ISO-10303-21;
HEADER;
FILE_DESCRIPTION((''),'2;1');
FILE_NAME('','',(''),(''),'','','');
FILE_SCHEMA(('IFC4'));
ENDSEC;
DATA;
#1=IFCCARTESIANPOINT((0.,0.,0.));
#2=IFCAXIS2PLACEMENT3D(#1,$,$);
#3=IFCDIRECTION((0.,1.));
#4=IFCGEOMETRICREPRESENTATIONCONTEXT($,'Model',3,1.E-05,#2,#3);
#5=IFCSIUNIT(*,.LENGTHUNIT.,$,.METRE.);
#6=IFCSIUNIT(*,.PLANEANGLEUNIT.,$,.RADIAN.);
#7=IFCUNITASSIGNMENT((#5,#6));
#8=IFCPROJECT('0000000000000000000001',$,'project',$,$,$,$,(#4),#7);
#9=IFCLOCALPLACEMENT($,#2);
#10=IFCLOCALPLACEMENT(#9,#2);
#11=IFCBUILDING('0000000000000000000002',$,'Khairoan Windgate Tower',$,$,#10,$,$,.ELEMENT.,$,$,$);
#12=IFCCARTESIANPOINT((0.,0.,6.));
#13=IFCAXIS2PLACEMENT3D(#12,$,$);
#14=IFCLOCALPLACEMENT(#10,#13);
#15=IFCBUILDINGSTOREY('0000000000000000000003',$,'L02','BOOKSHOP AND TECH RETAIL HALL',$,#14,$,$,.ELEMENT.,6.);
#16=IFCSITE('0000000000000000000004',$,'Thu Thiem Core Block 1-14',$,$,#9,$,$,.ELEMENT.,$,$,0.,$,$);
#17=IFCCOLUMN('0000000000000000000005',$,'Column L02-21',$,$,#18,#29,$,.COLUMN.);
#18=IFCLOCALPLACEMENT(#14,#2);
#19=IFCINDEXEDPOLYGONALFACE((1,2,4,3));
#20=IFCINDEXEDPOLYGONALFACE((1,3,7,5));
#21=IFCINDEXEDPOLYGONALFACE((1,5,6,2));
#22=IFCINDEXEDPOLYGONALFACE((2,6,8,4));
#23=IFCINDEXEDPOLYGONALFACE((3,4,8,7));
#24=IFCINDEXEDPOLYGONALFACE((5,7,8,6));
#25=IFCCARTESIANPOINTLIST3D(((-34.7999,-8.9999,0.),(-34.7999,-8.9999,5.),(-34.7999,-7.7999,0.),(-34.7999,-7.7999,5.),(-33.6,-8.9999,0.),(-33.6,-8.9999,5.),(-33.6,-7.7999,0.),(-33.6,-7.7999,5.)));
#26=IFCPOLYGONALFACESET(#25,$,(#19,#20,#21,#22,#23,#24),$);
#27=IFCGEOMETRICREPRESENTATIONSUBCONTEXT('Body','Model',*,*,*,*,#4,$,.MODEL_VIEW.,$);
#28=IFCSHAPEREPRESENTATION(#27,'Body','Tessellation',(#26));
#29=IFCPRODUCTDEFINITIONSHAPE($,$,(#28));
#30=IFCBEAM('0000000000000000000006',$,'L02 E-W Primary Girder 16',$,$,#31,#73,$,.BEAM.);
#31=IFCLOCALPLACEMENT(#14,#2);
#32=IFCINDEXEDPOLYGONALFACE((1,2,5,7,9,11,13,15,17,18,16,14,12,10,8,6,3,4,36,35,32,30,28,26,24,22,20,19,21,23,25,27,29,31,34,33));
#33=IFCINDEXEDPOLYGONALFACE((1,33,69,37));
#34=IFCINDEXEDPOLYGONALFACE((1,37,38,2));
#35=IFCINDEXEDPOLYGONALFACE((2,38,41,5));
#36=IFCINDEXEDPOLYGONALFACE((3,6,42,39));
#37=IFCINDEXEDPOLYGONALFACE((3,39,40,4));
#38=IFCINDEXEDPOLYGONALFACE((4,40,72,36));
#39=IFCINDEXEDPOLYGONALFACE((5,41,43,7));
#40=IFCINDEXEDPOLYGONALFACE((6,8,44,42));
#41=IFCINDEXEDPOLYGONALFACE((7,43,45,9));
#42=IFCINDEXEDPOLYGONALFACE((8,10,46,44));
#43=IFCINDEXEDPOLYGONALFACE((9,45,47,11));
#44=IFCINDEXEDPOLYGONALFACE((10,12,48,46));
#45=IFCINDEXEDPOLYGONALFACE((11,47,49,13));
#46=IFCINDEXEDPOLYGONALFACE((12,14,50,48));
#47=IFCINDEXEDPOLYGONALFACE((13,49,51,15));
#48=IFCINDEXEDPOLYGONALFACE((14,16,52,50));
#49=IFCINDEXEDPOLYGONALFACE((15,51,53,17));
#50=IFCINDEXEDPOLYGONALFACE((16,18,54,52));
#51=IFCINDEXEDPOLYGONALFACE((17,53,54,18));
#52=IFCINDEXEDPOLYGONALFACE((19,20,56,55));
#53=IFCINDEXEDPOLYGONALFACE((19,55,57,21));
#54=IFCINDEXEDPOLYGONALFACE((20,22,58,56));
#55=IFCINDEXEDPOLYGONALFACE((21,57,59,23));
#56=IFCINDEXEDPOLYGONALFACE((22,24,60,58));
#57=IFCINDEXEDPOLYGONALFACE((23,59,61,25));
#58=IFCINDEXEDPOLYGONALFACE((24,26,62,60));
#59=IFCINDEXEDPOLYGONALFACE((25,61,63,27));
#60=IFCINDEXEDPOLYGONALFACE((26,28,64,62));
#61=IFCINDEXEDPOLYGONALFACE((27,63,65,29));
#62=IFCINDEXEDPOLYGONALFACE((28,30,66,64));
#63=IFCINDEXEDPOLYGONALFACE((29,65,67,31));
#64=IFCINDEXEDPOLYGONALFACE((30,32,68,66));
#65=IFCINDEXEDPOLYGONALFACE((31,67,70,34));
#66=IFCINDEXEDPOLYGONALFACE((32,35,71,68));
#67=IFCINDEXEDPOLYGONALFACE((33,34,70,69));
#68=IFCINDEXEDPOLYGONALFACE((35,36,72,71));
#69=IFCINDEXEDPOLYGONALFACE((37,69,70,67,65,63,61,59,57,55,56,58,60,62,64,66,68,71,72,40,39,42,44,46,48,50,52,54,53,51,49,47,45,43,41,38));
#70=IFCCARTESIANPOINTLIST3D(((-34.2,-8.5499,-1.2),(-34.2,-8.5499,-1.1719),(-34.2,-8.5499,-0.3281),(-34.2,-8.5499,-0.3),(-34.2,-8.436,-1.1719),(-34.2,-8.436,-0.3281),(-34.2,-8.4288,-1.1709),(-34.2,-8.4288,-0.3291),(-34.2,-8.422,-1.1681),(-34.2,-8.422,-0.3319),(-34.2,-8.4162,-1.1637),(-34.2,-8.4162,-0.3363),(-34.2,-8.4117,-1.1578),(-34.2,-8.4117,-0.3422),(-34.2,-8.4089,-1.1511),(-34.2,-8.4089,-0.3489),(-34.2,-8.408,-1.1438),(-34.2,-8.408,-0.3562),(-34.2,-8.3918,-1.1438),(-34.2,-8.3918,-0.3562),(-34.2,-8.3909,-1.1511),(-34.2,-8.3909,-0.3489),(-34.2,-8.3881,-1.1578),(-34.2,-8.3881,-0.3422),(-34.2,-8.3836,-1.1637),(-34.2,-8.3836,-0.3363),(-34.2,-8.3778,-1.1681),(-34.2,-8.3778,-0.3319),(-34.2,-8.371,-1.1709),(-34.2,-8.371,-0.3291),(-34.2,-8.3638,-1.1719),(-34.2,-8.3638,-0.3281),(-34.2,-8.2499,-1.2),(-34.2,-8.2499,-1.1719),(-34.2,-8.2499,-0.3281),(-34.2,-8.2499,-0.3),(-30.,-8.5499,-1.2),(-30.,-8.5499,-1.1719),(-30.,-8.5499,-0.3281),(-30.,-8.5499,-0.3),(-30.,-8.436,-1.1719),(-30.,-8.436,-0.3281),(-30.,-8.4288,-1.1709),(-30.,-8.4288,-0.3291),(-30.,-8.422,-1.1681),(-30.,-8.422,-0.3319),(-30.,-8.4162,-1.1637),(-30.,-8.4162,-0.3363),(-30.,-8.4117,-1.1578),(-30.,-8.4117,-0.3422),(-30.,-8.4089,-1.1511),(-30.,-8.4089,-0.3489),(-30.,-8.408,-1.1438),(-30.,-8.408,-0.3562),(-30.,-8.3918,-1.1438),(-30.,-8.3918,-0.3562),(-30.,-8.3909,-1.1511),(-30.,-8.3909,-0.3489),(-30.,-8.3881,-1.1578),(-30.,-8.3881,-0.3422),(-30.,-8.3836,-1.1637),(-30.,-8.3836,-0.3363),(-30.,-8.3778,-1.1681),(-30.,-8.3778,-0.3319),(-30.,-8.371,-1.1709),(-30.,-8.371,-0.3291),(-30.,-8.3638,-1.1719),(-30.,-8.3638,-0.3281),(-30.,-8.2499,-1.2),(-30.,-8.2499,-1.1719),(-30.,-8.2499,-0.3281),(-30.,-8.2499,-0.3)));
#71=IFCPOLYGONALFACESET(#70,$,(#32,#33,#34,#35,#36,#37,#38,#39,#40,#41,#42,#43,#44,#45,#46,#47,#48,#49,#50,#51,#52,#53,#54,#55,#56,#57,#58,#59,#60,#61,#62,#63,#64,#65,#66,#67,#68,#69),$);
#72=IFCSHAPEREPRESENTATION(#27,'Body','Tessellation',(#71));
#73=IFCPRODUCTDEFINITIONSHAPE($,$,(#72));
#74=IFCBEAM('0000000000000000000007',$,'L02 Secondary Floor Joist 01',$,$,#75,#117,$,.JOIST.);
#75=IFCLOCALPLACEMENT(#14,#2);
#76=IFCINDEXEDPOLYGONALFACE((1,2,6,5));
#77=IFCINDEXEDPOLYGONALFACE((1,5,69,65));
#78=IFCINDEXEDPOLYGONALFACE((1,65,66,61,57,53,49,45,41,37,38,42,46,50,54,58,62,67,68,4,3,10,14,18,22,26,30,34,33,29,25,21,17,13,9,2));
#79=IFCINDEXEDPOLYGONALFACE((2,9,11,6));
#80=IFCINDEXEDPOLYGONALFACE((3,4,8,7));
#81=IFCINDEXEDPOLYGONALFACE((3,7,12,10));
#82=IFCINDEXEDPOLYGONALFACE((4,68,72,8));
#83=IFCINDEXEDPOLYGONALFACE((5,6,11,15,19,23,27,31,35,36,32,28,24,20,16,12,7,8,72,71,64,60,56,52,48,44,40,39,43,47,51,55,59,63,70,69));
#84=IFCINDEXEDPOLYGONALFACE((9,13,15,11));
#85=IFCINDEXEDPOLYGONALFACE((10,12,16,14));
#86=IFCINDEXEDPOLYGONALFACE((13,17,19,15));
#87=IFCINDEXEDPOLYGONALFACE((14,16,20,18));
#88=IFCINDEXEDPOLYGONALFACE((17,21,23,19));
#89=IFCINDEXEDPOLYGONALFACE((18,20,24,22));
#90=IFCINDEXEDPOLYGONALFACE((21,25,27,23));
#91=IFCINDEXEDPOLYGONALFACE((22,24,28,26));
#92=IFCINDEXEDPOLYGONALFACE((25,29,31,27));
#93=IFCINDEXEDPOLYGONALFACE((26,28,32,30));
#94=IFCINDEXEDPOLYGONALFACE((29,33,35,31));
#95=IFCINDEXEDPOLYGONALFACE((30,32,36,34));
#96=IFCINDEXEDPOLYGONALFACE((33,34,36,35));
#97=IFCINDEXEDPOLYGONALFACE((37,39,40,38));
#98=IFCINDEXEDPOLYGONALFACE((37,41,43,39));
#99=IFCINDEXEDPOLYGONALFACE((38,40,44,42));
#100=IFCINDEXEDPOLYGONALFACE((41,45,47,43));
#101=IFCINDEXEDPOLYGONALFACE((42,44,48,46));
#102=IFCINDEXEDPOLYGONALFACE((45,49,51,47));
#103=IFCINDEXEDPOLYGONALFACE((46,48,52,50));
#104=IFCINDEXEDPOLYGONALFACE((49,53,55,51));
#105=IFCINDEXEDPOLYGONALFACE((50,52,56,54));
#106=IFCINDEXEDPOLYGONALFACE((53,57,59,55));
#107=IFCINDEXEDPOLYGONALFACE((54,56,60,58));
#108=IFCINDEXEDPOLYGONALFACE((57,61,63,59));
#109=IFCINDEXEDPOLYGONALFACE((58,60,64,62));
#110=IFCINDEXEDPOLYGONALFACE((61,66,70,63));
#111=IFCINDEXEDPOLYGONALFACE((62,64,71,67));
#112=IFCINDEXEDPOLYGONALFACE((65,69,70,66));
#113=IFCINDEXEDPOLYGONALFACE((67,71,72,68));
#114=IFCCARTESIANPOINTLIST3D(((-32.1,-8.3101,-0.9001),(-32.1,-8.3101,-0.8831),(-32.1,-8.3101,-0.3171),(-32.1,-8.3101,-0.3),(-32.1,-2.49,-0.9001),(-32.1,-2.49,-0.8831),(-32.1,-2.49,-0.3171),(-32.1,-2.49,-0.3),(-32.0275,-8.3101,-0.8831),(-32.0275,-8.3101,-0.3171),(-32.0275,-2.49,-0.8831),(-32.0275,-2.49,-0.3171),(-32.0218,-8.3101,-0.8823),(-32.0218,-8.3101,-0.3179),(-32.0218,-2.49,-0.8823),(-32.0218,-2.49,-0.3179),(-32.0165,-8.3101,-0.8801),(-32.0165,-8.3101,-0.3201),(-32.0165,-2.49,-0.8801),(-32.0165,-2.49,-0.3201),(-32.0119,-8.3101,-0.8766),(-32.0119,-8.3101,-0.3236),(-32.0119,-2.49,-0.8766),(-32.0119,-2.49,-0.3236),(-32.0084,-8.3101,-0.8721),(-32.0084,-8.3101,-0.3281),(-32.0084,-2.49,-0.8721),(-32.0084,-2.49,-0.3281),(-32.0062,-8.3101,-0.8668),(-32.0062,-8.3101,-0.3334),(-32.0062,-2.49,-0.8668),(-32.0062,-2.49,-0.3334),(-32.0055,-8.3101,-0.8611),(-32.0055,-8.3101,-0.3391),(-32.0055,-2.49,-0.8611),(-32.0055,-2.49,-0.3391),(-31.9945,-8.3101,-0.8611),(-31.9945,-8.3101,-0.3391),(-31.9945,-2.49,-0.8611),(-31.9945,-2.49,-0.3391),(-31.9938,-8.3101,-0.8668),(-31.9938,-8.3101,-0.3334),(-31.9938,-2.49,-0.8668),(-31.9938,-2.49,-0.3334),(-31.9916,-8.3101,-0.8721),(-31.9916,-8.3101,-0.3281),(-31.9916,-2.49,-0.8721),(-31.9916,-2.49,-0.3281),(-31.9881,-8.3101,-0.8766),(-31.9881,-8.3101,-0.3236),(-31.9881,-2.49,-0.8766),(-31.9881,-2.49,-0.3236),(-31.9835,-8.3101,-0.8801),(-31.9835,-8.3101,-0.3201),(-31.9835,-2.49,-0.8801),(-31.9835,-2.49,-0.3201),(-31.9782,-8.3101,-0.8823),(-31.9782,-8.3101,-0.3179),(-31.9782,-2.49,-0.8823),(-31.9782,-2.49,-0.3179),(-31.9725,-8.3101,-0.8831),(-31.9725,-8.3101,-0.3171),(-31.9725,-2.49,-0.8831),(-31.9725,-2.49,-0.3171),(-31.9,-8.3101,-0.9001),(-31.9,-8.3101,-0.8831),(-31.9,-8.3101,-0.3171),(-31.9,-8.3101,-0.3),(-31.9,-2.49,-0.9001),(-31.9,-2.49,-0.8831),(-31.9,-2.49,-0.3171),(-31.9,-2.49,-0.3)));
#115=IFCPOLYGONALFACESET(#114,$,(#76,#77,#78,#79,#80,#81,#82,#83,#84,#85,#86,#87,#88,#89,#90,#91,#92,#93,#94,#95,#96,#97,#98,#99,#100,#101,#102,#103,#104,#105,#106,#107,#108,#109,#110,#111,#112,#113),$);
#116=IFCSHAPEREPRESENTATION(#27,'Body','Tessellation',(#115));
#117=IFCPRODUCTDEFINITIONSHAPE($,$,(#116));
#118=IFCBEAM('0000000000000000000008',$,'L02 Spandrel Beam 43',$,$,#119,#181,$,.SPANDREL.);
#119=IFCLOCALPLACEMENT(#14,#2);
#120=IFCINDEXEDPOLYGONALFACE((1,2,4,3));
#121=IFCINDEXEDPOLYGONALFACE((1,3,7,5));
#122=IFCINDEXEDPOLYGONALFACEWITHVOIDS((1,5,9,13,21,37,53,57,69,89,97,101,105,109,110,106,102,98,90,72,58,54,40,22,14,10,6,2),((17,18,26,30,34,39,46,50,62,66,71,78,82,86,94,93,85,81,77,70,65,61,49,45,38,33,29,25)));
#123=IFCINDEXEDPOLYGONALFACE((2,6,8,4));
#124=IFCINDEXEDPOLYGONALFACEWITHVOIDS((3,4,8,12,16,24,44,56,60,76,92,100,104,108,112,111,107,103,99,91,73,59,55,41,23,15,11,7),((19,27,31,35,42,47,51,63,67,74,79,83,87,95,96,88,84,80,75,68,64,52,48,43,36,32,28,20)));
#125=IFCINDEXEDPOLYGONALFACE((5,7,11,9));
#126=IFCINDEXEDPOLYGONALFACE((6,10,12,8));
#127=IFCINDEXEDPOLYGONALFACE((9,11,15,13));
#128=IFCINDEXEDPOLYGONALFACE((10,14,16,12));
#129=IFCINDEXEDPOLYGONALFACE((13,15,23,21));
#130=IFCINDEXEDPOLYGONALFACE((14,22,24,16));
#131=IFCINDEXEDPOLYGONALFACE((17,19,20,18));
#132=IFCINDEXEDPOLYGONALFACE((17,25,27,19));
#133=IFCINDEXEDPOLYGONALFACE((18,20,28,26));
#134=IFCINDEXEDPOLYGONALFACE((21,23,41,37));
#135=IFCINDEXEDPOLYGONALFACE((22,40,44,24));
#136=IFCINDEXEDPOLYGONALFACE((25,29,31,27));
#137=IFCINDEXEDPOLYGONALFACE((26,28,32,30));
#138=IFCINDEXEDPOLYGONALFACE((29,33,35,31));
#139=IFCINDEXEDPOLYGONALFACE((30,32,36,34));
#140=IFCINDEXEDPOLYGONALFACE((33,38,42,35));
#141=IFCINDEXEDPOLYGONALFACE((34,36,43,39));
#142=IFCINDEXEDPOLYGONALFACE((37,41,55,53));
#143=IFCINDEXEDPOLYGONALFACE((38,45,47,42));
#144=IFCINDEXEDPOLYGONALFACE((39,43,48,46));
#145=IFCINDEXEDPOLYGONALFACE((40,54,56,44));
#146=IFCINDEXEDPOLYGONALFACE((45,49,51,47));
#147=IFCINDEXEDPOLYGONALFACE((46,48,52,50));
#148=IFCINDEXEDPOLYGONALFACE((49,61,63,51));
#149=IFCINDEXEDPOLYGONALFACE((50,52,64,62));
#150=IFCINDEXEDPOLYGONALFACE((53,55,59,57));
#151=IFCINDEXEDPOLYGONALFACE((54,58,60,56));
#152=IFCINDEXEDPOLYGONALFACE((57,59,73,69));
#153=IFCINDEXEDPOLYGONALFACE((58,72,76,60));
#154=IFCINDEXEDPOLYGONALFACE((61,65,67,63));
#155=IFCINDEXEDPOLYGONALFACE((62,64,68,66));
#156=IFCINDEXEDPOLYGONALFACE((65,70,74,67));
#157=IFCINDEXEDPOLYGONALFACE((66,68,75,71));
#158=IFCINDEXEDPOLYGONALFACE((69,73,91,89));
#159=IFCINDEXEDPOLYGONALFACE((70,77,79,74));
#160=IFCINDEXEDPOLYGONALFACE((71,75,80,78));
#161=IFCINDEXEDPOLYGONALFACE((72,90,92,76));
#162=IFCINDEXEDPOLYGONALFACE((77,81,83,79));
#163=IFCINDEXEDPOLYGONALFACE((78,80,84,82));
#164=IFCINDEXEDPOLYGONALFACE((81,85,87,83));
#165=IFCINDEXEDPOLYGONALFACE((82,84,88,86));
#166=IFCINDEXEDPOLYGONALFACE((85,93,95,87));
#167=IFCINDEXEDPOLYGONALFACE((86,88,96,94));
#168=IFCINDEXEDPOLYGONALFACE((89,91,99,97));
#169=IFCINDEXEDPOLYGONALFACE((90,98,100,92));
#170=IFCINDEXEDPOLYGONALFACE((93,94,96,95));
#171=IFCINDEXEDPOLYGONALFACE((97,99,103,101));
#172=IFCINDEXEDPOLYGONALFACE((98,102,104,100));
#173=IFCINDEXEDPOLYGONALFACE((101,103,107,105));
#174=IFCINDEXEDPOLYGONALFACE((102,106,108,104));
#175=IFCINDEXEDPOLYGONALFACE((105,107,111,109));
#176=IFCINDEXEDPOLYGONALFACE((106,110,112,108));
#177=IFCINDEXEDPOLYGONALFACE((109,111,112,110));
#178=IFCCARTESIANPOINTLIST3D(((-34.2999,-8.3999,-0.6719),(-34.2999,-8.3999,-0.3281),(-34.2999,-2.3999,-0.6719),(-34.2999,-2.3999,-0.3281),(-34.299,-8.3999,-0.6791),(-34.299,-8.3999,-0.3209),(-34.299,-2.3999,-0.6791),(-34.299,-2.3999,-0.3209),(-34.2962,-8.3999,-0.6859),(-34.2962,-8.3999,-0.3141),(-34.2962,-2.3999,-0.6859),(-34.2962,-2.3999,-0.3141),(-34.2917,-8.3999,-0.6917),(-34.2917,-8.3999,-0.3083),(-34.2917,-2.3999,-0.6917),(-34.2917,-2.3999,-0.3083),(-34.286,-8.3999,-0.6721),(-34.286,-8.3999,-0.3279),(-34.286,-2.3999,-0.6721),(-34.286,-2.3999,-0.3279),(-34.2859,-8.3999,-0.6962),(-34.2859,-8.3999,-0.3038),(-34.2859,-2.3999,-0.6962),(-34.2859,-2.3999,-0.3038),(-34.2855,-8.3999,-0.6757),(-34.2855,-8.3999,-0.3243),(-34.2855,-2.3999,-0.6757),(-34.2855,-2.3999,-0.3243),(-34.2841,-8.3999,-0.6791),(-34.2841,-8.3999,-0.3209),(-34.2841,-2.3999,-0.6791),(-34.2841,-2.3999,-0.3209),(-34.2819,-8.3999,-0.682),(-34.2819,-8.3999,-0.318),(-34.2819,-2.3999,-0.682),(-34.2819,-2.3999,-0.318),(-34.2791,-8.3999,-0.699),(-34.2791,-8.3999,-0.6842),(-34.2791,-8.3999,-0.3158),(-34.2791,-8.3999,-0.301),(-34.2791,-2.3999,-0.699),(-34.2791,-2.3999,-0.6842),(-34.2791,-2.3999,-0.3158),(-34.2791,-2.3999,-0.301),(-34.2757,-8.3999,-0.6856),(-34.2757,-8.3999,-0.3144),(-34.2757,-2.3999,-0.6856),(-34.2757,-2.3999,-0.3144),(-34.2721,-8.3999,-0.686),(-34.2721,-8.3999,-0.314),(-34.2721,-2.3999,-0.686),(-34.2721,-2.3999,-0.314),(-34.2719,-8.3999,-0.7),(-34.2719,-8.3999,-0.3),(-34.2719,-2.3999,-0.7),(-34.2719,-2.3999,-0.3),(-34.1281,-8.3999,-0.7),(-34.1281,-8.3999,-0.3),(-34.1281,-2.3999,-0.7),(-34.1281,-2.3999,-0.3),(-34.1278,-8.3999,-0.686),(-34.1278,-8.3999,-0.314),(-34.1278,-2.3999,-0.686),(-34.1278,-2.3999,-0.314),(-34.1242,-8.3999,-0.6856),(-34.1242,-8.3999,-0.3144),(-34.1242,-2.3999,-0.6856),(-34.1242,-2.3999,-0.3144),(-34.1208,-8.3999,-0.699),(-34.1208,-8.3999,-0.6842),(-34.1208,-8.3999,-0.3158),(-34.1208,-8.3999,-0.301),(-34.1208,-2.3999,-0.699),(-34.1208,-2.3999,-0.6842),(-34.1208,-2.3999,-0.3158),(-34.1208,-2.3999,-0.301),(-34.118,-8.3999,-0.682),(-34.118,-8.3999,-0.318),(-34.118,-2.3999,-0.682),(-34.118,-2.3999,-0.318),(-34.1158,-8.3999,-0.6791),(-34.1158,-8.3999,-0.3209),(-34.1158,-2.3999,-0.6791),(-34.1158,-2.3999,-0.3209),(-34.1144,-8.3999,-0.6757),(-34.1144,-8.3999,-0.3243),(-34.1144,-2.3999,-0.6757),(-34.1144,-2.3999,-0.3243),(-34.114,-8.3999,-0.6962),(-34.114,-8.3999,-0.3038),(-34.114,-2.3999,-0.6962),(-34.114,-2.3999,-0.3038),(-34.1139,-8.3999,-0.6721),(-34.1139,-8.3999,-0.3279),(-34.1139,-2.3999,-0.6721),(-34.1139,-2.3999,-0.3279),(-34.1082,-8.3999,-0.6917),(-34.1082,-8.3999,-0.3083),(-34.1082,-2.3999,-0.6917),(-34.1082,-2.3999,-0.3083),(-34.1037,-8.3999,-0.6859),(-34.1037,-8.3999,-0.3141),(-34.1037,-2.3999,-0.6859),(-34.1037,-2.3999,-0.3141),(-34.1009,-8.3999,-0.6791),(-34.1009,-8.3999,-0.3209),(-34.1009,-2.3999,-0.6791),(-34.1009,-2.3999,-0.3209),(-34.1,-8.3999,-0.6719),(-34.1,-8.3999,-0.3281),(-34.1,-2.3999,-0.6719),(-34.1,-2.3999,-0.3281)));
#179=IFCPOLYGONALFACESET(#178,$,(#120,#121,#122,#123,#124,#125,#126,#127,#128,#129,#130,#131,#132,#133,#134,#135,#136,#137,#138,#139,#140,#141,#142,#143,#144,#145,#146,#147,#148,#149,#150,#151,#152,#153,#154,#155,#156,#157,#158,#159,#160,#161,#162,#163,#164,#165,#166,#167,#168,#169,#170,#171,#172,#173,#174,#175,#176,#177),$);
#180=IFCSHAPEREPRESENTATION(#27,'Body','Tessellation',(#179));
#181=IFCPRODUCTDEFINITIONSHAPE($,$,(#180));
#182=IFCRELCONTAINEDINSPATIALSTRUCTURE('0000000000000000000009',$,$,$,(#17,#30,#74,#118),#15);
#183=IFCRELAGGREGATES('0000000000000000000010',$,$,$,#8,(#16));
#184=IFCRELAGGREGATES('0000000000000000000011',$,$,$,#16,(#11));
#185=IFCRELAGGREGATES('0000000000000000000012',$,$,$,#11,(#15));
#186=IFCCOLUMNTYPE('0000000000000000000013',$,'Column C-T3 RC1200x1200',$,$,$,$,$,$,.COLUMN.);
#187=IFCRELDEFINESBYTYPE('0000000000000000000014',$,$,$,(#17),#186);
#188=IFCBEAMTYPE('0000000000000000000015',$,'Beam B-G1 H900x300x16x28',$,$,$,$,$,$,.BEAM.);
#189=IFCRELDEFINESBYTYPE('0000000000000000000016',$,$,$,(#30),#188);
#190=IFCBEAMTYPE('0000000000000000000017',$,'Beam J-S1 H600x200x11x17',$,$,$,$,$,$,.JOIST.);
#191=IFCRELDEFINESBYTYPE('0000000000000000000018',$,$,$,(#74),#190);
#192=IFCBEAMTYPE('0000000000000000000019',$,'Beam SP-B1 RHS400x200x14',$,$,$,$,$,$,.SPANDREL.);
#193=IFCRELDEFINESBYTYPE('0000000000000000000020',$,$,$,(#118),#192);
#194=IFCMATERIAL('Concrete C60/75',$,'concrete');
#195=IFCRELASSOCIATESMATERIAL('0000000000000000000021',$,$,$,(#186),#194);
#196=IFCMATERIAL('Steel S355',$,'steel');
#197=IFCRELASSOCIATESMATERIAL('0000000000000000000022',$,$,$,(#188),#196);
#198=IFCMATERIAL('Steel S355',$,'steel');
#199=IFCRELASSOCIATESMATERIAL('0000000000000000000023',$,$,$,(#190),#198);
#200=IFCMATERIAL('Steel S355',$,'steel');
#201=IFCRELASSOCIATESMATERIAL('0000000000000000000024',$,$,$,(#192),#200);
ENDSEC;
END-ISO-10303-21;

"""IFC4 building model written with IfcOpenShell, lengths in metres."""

from ifc_helpers import new_model, si_unit, direction, frame, origin, origin_2d, place, context, subcontext, project, spatial, rectangle, hollow_rectangle, i_section, extrude, material, material_profile, profile_set, type_object, element, save


model = new_model("IFC4")

# Units and contexts
model_context = context("Model", 3, precision=1e-05, world=origin(), true_north=direction((0.0, 1.0)))
body_context = subcontext(model_context, "Body", "Model", "MODEL_VIEW")
ifc_project = project(units=[si_unit("LENGTHUNIT", "METRE"), si_unit("PLANEANGLEUNIT", "RADIAN")], contexts=[model_context])

# Site, building, storey
site_placement = place(None, origin())
site = spatial("IfcSite", under=ifc_project, at=site_placement, Name="Thu Thiem Core Block 1-14", CompositionType="ELEMENT", RefElevation=0.0)
building_placement = place(site_placement, origin())
building = spatial("IfcBuilding", under=site, at=building_placement, Name="Khairoan Windgate Tower", CompositionType="ELEMENT")
storey_placement = place(building_placement, frame((0.0, 0.0, 6.0)))
storey = spatial("IfcBuildingStorey", under=building, at=storey_placement, Name="L02", Description="BOOKSHOP AND TECH RETAIL HALL", CompositionType="ELEMENT", Elevation=6.0)

# Column
ifc_material_1 = material(Name="Concrete C60/75", Category="concrete")
ifc_material_profile_1 = material_profile(ifc_material_1, rectangle(XDim=1.2, YDim=1.2, at=origin_2d()))
ifc_profile_set_1 = profile_set([ifc_material_profile_1], Name="Concrete C60/75")
column_type = type_object("IfcColumnType", Name="Column C-T3 RC1200x1200", PredefinedType="COLUMN", material=ifc_profile_set_1)
column_placement = place(storey_placement, frame((-34.2, -8.3999, 0.0), z_axis=(0.0, 0.0, 1.0), x_axis=(1.0, 0.0, 0.0)))
element("IfcColumn", 1, at=column_placement, inside=storey, type_object=column_type, Name="Column L02-21", PredefinedType="COLUMN", context=body_context, shape_type="SweptSolid", body=[
    extrude(rectangle(XDim=1.2, YDim=1.2, at=origin_2d()), origin(), (0.0, 0.0, 1.0), 5.0),
])

# Beams
ifc_material_2 = material(Name="Steel S355", Category="steel")
ifc_material_profile_2 = material_profile(ifc_material_2, i_section(OverallWidth=0.3, OverallDepth=0.8999, WebThickness=0.0161, FlangeThickness=0.0281, FilletRadius=0.0281, at=origin_2d()))
ifc_profile_set_2 = profile_set([ifc_material_profile_2], Name="Steel S355")
beam_type_1 = type_object("IfcBeamType", Name="Beam B-G1 H900x300x16x28", PredefinedType="BEAM", material=ifc_profile_set_2)
beam_1_placement = place(storey_placement, frame((-34.2, -8.3999, -0.75), z_axis=(1.0, 0.0, 0.0), x_axis=(0.0, 1.0, 0.0)))
element("IfcBeam", 2, at=beam_1_placement, inside=storey, type_object=beam_type_1, Name="L02 E-W Primary Girder 16", PredefinedType="BEAM", context=body_context, shape_type="SweptSolid", body=[
    extrude(i_section(OverallWidth=0.3, OverallDepth=0.8999, WebThickness=0.0161, FlangeThickness=0.0281, FilletRadius=0.0281, at=origin_2d()), origin(), (0.0, 0.0, 1.0), 4.2),
])
ifc_material_3 = material(Name="Steel S355", Category="steel")
ifc_material_profile_3 = material_profile(ifc_material_3, i_section(OverallWidth=0.2, OverallDepth=0.6001, WebThickness=0.011, FlangeThickness=0.0171, FilletRadius=0.022, at=origin_2d()))
ifc_profile_set_3 = profile_set([ifc_material_profile_3], Name="Steel S355")
beam_type_2 = type_object("IfcBeamType", Name="Beam J-S1 H600x200x11x17", PredefinedType="JOIST", material=ifc_profile_set_3)
beam_2_placement = place(storey_placement, frame((-32.0, -8.3101, -0.6001), z_axis=(0.0, 1.0, 0.0), x_axis=(-1.0, 0.0, 0.0)))
element("IfcBeam", 3, at=beam_2_placement, inside=storey, type_object=beam_type_2, Name="L02 Secondary Floor Joist 01", PredefinedType="JOIST", context=body_context, shape_type="SweptSolid", body=[
    extrude(i_section(OverallWidth=0.2, OverallDepth=0.6001, WebThickness=0.011, FlangeThickness=0.0171, FilletRadius=0.022, at=origin_2d()), origin(), (0.0, 0.0, 1.0), 5.8201),
])
ifc_material_4 = material(Name="Steel S355", Category="steel")
ifc_material_profile_4 = material_profile(ifc_material_4, hollow_rectangle(XDim=0.2, YDim=0.3999, WallThickness=0.0139, InnerFilletRadius=0.0139, OuterFilletRadius=0.0281, at=origin_2d()))
ifc_profile_set_4 = profile_set([ifc_material_profile_4], Name="Steel S355")
beam_type_3 = type_object("IfcBeamType", Name="Beam SP-B1 RHS400x200x14", PredefinedType="SPANDREL", material=ifc_profile_set_4)
beam_3_placement = place(storey_placement, frame((-34.2, -8.3999, -0.5), z_axis=(0.0, 1.0, 0.0), x_axis=(-1.0, 0.0, 0.0)))
element("IfcBeam", 4, at=beam_3_placement, inside=storey, type_object=beam_type_3, Name="L02 Spandrel Beam 43", PredefinedType="SPANDREL", context=body_context, shape_type="SweptSolid", body=[
    extrude(hollow_rectangle(XDim=0.2, YDim=0.3999, WallThickness=0.0139, InnerFilletRadius=0.0139, OuterFilletRadius=0.0281, at=origin_2d()), origin(), (0.0, 0.0, 1.0), 6.0),
])

save(model, "model.ifc")
